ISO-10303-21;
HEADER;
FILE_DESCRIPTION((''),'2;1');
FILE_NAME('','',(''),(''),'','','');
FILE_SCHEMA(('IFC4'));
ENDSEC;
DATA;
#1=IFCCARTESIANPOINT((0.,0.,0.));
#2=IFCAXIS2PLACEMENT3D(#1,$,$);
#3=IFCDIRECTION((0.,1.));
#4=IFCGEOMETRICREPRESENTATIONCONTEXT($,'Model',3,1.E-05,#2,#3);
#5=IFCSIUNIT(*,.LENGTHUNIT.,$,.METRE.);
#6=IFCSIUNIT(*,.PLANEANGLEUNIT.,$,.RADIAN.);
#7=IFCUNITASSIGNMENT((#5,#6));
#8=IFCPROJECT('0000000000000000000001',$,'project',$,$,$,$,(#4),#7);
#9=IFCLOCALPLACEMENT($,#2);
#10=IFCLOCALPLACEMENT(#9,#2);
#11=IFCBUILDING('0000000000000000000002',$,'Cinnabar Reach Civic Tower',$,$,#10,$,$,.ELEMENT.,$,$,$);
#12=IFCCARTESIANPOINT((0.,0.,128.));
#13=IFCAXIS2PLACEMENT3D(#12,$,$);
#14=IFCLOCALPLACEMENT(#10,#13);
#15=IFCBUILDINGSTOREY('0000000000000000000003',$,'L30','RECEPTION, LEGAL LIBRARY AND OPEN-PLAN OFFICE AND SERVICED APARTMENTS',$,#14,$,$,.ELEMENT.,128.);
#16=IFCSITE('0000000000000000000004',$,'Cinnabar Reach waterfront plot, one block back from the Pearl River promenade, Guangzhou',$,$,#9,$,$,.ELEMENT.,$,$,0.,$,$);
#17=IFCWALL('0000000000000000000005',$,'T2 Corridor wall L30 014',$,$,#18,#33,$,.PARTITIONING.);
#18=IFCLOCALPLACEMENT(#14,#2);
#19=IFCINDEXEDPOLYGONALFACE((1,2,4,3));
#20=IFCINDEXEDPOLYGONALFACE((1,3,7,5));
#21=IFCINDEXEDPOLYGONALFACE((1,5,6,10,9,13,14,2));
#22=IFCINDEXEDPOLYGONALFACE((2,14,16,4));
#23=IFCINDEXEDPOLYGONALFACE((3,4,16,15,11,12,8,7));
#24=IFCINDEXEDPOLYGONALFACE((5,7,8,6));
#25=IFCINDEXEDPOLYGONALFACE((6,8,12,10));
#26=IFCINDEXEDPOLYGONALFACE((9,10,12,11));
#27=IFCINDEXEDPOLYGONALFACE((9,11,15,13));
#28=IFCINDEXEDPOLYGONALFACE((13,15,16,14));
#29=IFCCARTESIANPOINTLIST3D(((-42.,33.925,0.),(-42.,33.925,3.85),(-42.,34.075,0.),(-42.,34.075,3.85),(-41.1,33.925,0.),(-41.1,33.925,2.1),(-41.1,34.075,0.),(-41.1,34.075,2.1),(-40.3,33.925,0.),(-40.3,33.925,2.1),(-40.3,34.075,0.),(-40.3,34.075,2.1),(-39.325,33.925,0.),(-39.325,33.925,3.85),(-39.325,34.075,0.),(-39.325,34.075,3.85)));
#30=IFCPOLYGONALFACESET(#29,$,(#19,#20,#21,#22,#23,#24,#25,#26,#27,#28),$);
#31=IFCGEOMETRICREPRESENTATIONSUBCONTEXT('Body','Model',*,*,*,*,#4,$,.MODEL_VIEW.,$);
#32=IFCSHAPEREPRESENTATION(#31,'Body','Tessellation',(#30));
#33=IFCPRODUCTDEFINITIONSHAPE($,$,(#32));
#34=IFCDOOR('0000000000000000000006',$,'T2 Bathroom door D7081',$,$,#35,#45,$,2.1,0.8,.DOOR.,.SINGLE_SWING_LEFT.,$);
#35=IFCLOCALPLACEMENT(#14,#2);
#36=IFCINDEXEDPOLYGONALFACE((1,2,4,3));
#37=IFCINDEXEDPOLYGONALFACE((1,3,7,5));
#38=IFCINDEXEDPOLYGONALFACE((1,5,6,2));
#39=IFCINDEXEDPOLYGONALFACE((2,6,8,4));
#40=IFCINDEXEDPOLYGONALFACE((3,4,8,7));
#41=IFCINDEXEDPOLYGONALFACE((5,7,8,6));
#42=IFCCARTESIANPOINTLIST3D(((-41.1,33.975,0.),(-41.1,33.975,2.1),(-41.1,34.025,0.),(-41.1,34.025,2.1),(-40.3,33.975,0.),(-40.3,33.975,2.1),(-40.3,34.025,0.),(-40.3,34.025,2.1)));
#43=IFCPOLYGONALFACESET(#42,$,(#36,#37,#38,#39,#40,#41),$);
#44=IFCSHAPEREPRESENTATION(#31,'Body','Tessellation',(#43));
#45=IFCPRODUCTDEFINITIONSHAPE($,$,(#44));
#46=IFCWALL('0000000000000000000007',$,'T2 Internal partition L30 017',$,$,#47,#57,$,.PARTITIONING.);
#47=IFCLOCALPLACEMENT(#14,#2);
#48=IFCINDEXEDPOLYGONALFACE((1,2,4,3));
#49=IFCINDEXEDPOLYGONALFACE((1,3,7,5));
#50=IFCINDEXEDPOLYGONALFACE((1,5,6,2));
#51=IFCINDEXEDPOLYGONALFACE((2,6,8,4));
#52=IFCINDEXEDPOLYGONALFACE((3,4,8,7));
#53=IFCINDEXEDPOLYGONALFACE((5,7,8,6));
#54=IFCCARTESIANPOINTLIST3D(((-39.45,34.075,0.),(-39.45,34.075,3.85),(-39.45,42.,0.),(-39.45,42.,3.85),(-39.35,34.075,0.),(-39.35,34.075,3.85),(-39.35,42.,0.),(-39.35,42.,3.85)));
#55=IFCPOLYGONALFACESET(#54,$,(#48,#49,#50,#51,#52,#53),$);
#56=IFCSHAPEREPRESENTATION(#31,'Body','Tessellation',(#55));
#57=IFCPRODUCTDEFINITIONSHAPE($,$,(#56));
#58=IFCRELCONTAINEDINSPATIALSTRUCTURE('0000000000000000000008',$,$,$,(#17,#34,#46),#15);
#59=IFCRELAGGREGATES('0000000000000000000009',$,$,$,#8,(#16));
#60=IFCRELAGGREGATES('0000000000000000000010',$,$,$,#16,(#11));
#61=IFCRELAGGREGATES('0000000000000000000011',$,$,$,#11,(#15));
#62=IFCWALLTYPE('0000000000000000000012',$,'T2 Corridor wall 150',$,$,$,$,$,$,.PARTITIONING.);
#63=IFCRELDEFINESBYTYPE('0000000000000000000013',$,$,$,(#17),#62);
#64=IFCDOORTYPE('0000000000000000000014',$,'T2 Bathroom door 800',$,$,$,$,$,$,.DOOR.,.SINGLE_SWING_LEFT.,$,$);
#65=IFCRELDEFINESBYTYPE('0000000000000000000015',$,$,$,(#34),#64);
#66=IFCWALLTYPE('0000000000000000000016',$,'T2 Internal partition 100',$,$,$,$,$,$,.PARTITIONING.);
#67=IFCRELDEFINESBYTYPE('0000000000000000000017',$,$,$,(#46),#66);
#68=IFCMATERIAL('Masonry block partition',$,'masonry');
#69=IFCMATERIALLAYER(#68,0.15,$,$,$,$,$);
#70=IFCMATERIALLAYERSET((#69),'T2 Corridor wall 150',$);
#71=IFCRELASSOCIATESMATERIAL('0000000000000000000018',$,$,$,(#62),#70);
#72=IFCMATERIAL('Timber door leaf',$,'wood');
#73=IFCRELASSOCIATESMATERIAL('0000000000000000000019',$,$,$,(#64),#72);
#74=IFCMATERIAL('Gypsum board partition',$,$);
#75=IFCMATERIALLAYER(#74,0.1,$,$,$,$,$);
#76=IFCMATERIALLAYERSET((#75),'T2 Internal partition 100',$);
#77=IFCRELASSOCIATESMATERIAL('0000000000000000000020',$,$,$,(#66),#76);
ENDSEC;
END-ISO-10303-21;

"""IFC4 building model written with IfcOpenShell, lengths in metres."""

from ifc_helpers import new_model, si_unit, direction, frame, frame_2d, origin, place, context, subcontext, project, spatial, rectangle, extrude, material, layer, layer_set, type_object, element, fill, save


model = new_model("IFC4")

# Units and contexts
model_context = context("Model", 3, precision=1e-05, world=origin(), true_north=direction((0.0, 1.0)))
body_context = subcontext(model_context, "Body", "Model", "MODEL_VIEW")
ifc_project = project(units=[si_unit("LENGTHUNIT", "METRE"), si_unit("PLANEANGLEUNIT", "RADIAN")], contexts=[model_context])

# Site, building, storey
site_placement = place(None, origin())
site = spatial("IfcSite", under=ifc_project, at=site_placement, Name="Cinnabar Reach waterfront plot, one block back from the Pearl River promenade, Guangzhou", CompositionType="ELEMENT", RefElevation=0.0)
building_placement = place(site_placement, origin())
building = spatial("IfcBuilding", under=site, at=building_placement, Name="Cinnabar Reach Civic Tower", CompositionType="ELEMENT")
storey_placement = place(building_placement, frame((0.0, 0.0, 128.0)))
storey = spatial("IfcBuildingStorey", under=building, at=storey_placement, Name="L30", Description="RECEPTION, LEGAL LIBRARY AND OPEN-PLAN OFFICE AND SERVICED APARTMENTS", CompositionType="ELEMENT", Elevation=128.0)

# Wall, opening, door
ifc_material_1 = material(Name="Masonry block partition", Category="masonry")
ifc_layer_1 = layer(ifc_material_1, 0.15)
ifc_layer_set_1 = layer_set([ifc_layer_1], Name="T2 Corridor wall 150")
wall_type_1 = type_object("IfcWallType", Name="T2 Corridor wall 150", PredefinedType="PARTITIONING", material=ifc_layer_set_1)
wall_1_placement = place(storey_placement, frame((-39.325, 34.0, 0.0), z_axis=(0.0, 0.0, 1.0), x_axis=(-1.0, 0.0, 0.0)))
wall_1 = element("IfcWall", 1, at=wall_1_placement, inside=storey, type_object=wall_type_1, Name="T2 Corridor wall L30 014", PredefinedType="PARTITIONING", context=body_context, shape_type="SweptSolid", body=[
    extrude(rectangle(XDim=2.675, YDim=0.15, at=frame_2d((1.3375, 0.0))), origin(), (0.0, 0.0, 1.0), 3.85),
])
opening_1_placement = place(wall_1_placement, frame((0.975, 0.0, 0.0)))
opening_1 = element("IfcOpeningElement", 2, at=opening_1_placement, cuts=wall_1, PredefinedType="OPENING", context=body_context, shape_type="SweptSolid", body=[
    extrude(rectangle(XDim=0.8, YDim=2.1, at=frame_2d((0.4, 1.05))), frame((0.0, 0.085, 0.0), z_axis=(0.0, -1.0, 0.0), x_axis=(1.0, 0.0, 0.0)), (0.0, 0.0, 1.0), 0.17),
])
ifc_material_2 = material(Name="Timber door leaf", Category="wood")
door_type_1 = type_object("IfcDoorType", Name="T2 Bathroom door 800", OperationType="SINGLE_SWING_LEFT", PredefinedType="DOOR", material=ifc_material_2)
door_1_placement = place(opening_1_placement, frame((0.8, 0.0, 0.0), z_axis=(0.0, 0.0, 1.0), x_axis=(-1.0, 0.0, 0.0)))
door_1 = element("IfcDoor", 3, at=door_1_placement, inside=storey, type_object=door_type_1, Name="T2 Bathroom door D7081", OperationType="SINGLE_SWING_LEFT", OverallHeight=2.1, OverallWidth=0.8, PredefinedType="DOOR", context=body_context, shape_type="SweptSolid", body=[
    extrude(rectangle(XDim=0.8, YDim=2.1, at=frame_2d((0.4, 1.05))), frame((0.0, 0.025, 0.0), z_axis=(0.0, -1.0, 0.0), x_axis=(1.0, 0.0, 0.0)), (0.0, 0.0, 1.0), 0.05),
])
fill(opening_1, door_1)

# Wall
ifc_material_3 = material(Name="Gypsum board partition")
ifc_layer_2 = layer(ifc_material_3, 0.1)
ifc_layer_set_2 = layer_set([ifc_layer_2], Name="T2 Internal partition 100")
wall_type_2 = type_object("IfcWallType", Name="T2 Internal partition 100", PredefinedType="PARTITIONING", material=ifc_layer_set_2)
wall_2_placement = place(storey_placement, frame((-39.4, 34.075, 0.0), z_axis=(0.0, 0.0, 1.0), x_axis=(0.0, 1.0, 0.0)))
element("IfcWall", 4, at=wall_2_placement, inside=storey, type_object=wall_type_2, Name="T2 Internal partition L30 017", PredefinedType="PARTITIONING", context=body_context, shape_type="SweptSolid", body=[
    extrude(rectangle(XDim=7.925, YDim=0.1, at=frame_2d((3.9625, 0.0))), origin(), (0.0, 0.0, 1.0), 3.85),
])

save(model, "model.ifc")
